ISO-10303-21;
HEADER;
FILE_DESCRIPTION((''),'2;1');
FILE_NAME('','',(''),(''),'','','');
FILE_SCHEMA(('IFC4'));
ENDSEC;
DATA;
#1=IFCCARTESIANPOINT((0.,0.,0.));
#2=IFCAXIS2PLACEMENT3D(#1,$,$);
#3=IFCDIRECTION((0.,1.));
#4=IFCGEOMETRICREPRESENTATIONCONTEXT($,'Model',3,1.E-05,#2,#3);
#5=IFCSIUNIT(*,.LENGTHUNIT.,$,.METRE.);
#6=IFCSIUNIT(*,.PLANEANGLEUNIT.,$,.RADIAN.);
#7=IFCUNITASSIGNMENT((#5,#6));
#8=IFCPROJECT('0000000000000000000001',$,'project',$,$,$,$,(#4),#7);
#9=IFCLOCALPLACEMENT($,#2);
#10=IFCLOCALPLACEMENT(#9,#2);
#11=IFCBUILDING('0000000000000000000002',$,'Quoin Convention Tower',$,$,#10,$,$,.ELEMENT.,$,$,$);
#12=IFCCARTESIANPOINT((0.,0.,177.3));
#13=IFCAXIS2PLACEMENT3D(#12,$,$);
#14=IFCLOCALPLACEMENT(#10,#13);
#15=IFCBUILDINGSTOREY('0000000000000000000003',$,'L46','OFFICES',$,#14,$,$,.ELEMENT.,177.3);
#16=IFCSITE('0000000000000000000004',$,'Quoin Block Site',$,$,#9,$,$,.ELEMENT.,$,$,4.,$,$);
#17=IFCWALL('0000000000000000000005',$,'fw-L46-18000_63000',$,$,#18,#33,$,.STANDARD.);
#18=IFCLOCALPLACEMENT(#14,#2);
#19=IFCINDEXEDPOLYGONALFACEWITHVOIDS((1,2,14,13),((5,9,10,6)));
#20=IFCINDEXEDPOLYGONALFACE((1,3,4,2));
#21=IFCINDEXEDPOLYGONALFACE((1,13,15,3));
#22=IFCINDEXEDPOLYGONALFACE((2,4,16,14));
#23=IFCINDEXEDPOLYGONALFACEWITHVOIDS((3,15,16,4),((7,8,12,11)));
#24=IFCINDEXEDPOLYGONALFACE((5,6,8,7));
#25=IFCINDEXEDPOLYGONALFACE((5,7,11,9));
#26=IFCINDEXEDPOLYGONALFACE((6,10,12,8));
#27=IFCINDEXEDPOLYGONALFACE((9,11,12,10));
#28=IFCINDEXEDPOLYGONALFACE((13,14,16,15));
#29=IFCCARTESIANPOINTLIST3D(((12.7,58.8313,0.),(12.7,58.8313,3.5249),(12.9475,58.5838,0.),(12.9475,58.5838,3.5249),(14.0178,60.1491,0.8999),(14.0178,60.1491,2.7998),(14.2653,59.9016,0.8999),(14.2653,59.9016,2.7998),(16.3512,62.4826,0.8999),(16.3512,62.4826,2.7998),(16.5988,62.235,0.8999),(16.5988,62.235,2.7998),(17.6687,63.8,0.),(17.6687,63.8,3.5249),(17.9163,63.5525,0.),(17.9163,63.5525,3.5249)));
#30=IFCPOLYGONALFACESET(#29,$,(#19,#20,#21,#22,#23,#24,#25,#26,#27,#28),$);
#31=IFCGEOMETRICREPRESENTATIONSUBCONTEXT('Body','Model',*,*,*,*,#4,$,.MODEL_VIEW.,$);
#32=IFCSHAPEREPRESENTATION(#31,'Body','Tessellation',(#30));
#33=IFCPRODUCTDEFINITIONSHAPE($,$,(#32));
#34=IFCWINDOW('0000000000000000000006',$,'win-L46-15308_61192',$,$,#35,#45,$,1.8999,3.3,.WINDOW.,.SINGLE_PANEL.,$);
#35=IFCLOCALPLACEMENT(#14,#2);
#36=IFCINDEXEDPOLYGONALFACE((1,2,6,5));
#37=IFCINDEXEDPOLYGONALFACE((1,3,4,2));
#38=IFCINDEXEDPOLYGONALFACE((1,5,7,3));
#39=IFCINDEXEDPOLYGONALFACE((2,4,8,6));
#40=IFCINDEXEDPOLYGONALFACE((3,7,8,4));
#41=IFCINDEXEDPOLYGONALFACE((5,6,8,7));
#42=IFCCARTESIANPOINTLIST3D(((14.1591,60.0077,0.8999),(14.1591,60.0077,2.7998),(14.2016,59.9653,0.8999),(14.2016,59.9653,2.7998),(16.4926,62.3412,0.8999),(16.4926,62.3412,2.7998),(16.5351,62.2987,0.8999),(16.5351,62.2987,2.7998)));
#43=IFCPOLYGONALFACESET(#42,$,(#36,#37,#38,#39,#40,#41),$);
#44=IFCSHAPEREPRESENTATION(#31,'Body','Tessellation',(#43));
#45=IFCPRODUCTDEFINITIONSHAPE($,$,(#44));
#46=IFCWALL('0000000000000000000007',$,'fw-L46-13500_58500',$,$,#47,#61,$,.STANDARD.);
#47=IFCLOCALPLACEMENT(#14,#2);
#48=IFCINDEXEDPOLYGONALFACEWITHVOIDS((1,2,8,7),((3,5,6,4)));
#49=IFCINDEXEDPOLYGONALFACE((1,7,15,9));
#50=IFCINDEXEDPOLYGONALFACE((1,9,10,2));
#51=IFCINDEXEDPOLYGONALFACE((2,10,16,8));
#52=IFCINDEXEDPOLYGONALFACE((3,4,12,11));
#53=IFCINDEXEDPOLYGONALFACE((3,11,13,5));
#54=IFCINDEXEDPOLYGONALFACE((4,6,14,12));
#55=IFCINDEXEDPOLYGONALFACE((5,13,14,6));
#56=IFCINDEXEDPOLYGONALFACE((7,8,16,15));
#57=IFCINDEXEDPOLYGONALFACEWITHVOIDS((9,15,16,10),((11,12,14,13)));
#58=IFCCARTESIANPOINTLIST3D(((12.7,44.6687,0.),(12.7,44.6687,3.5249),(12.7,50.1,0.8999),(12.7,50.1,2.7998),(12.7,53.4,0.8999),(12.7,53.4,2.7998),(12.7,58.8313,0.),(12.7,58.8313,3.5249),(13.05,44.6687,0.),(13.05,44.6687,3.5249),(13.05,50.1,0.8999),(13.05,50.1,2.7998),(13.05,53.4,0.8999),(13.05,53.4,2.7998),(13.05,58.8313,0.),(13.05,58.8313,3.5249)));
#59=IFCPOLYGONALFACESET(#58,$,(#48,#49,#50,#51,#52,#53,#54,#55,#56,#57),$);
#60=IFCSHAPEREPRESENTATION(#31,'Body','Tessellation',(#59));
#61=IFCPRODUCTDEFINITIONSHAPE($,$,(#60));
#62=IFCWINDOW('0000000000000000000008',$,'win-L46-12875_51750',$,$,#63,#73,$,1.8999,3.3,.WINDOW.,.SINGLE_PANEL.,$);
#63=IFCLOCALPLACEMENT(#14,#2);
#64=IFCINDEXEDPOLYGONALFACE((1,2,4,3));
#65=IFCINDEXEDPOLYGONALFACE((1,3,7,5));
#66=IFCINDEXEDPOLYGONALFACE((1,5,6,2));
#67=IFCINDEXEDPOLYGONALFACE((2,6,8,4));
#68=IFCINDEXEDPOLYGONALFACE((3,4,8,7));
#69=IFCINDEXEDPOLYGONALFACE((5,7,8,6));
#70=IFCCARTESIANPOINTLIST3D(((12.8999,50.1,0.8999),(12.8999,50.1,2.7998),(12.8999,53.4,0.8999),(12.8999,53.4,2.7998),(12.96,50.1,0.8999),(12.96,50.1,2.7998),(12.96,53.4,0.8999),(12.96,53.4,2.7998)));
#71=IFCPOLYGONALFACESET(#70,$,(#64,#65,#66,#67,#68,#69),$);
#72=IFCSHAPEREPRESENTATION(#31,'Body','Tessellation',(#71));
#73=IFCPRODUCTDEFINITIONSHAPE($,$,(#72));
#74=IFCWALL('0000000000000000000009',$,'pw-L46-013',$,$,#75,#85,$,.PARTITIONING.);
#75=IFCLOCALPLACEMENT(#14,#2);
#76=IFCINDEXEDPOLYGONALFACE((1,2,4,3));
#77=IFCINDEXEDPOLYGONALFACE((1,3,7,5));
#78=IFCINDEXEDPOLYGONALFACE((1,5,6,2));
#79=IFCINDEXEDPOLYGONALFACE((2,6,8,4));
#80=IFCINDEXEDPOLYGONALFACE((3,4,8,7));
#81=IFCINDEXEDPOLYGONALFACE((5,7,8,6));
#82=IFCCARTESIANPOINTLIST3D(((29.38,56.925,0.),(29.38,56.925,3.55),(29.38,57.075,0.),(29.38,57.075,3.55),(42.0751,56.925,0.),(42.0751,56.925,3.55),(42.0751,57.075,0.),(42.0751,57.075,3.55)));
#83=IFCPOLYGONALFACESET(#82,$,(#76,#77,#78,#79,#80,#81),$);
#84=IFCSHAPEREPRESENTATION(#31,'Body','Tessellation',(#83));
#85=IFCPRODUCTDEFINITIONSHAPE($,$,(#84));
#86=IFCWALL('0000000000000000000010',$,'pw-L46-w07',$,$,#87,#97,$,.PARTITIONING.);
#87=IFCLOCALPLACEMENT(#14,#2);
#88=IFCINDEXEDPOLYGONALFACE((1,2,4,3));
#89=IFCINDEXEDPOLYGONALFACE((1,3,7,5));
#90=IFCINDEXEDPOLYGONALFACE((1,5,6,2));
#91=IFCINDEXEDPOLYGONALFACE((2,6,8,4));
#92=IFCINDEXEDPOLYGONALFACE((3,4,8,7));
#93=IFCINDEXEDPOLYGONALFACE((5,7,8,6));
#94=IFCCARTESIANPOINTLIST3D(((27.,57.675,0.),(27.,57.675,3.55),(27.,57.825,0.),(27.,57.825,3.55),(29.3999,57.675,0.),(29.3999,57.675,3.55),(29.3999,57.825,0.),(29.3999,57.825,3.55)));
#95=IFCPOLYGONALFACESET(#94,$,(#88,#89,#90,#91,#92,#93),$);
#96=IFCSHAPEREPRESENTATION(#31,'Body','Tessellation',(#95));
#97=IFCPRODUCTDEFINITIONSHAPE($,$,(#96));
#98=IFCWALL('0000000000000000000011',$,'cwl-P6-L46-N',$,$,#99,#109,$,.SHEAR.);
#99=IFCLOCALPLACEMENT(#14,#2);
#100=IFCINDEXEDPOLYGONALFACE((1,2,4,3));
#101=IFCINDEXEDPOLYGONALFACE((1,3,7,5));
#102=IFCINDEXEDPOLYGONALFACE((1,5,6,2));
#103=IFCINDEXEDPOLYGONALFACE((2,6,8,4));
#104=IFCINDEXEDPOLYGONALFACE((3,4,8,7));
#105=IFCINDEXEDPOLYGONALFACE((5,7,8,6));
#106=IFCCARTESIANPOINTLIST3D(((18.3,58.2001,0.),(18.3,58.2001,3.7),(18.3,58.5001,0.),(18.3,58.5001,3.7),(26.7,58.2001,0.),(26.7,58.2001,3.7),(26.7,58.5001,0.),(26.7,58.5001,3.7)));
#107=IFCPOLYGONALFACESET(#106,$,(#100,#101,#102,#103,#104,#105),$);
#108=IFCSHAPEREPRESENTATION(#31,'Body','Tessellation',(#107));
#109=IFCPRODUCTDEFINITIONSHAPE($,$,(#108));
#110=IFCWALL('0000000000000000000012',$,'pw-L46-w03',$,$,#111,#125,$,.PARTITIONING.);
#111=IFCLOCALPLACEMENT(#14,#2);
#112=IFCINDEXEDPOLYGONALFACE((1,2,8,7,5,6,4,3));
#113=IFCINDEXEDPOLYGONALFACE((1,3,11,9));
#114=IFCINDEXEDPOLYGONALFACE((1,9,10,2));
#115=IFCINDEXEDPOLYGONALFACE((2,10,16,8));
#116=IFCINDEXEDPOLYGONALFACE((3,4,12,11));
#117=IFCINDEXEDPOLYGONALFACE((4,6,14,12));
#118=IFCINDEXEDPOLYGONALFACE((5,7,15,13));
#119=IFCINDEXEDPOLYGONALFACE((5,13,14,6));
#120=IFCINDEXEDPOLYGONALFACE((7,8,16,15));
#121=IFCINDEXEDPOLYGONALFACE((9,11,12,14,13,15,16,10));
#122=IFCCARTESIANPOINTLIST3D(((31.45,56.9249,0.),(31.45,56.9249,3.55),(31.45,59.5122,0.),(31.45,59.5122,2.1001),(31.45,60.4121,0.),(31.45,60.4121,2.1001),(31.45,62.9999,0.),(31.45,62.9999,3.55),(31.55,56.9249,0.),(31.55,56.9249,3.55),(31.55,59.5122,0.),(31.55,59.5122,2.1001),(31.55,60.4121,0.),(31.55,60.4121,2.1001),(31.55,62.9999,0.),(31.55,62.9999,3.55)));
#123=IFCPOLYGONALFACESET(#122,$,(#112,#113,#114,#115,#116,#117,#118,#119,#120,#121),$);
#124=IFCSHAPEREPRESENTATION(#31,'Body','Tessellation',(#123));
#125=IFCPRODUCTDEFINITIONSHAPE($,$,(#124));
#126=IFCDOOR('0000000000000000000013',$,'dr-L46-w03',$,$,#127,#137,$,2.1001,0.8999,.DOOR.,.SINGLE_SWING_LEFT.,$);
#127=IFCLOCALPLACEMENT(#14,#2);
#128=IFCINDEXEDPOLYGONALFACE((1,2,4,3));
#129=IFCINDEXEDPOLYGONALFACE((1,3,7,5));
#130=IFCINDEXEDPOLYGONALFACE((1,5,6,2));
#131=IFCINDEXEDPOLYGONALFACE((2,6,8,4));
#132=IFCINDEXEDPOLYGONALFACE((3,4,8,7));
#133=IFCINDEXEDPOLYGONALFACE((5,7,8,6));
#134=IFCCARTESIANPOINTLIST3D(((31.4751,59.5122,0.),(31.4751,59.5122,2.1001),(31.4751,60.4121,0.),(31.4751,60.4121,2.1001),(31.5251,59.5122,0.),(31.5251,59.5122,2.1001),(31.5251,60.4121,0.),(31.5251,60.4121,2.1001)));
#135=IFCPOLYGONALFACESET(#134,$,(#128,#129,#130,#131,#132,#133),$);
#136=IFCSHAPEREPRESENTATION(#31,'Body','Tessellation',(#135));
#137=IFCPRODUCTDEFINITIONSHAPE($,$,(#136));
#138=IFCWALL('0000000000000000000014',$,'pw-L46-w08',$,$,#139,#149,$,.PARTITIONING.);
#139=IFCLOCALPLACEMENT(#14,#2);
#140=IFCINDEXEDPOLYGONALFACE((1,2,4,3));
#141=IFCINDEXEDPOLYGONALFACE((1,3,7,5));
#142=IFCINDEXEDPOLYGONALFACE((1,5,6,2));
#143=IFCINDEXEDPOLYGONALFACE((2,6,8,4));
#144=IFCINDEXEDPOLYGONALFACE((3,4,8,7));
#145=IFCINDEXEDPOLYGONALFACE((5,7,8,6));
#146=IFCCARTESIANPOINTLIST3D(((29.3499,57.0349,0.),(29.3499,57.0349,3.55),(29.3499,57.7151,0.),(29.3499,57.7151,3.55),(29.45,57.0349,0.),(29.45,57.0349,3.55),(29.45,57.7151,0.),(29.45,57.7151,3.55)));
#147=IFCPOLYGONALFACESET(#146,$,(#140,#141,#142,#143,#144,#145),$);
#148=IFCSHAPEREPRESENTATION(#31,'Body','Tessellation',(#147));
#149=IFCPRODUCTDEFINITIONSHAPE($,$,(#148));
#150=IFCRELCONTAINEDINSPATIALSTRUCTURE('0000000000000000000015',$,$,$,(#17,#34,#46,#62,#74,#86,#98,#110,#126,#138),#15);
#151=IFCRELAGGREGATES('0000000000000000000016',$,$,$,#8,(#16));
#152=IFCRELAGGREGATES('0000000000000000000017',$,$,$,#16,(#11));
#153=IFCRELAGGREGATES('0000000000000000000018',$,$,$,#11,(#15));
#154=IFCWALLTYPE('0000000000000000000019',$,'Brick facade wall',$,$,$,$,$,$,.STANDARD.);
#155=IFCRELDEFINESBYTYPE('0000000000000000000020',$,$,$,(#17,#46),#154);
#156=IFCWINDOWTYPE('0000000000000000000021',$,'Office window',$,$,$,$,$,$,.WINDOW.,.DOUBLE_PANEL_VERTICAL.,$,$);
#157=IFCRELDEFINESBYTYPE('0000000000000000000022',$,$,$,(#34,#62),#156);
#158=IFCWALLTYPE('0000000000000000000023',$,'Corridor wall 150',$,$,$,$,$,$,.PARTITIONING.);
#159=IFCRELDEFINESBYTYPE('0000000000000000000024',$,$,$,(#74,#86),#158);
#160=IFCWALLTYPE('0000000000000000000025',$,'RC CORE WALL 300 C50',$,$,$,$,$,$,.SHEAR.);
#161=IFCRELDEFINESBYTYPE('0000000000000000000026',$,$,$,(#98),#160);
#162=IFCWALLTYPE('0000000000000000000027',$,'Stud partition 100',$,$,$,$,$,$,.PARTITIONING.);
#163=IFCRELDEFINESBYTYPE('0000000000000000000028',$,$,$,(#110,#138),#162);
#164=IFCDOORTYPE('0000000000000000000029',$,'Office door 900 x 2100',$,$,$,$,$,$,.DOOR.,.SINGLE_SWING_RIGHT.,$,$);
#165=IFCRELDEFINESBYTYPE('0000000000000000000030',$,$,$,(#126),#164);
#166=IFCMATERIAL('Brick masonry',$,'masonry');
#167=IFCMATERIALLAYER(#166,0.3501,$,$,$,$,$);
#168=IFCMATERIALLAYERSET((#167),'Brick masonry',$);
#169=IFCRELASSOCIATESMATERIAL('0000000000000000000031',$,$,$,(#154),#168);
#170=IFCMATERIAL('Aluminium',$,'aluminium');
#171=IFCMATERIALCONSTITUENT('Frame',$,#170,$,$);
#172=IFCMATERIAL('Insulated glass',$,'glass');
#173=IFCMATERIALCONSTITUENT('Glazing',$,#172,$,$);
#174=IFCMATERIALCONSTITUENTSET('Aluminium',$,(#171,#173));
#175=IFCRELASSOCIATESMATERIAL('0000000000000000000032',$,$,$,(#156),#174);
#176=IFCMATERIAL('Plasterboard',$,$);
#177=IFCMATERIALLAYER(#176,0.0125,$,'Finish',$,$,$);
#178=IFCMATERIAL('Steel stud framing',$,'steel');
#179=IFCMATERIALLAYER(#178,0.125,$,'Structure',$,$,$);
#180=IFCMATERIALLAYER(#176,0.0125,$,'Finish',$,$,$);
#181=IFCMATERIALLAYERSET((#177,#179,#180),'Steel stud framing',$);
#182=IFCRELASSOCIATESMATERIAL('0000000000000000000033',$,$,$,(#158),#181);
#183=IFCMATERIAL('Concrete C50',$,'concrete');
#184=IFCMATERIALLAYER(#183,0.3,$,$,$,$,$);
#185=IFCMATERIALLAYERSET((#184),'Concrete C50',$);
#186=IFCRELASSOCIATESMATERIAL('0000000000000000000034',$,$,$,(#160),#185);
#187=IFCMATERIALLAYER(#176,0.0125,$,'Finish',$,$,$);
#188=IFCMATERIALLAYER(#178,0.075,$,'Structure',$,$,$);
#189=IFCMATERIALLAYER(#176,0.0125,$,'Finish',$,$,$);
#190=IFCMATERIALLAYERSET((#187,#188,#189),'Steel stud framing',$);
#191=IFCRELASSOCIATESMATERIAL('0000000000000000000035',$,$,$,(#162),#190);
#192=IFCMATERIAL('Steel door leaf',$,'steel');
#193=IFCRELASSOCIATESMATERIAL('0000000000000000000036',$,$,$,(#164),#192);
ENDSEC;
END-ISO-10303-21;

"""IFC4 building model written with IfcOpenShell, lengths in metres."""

from ifc_helpers import new_model, si_unit, direction, frame, frame_2d, origin, place, context, subcontext, project, spatial, rectangle, extrude, material, layer, layer_set, constituent, constituent_set, type_object, element, fill, save


model = new_model("IFC4")

# Units and contexts
model_context = context("Model", 3, precision=1e-05, world=origin(), true_north=direction((0.0, 1.0)))
body_context = subcontext(model_context, "Body", "Model", "MODEL_VIEW")
ifc_project = project(units=[si_unit("LENGTHUNIT", "METRE"), si_unit("PLANEANGLEUNIT", "RADIAN")], contexts=[model_context])

# Site, building, storey
site_placement = place(None, origin())
site = spatial("IfcSite", under=ifc_project, at=site_placement, Name="Quoin Block Site", CompositionType="ELEMENT", RefElevation=4.0)
building_placement = place(site_placement, origin())
building = spatial("IfcBuilding", under=site, at=building_placement, Name="Quoin Convention Tower", CompositionType="ELEMENT")
storey_placement = place(building_placement, frame((0.0, 0.0, 177.3)))
storey = spatial("IfcBuildingStorey", under=building, at=storey_placement, Name="L46", Description="OFFICES", CompositionType="ELEMENT", Elevation=177.3)

# Shared definitions
ifc_material_1 = material(Name="Concrete C50", Category="concrete")

# Walls, openings, windows
ifc_material_2 = material(Name="Brick masonry", Category="masonry")
ifc_layer_1 = layer(ifc_material_2, 0.3501)
ifc_layer_set_1 = layer_set([ifc_layer_1], Name="Brick masonry")
wall_type_1 = type_object("IfcWallType", Name="Brick facade wall", PredefinedType="STANDARD", material=ifc_layer_set_1)
ifc_material_3 = material(Name="Aluminium", Category="aluminium")
ifc_constituent_1 = constituent(ifc_material_3, Name="Frame")
ifc_material_4 = material(Name="Insulated glass", Category="glass")
ifc_constituent_2 = constituent(ifc_material_4, Name="Glazing")
ifc_constituent_set = constituent_set(constituents=[ifc_constituent_1, ifc_constituent_2], Name="Aluminium")
window_type = type_object("IfcWindowType", Name="Office window", PartitioningType="DOUBLE_PANEL_VERTICAL", PredefinedType="WINDOW", material=ifc_constituent_set)
wall_1_placement = place(storey_placement, frame((17.7925, 63.6763, 0.0), z_axis=(0.0, 0.0, 1.0), x_axis=(-0.707107, -0.707107, 0.0)))
wall_1 = element("IfcWall", 1, at=wall_1_placement, inside=storey, type_object=wall_type_1, Name="fw-L46-18000_63000", PredefinedType="STANDARD", context=body_context, shape_type="SweptSolid", body=[
    extrude(rectangle(XDim=7.0269, YDim=0.3501, at=frame_2d((3.5134, 0.0))), origin(), (0.0, 0.0, 1.0), 3.5249),
])
opening_1_placement = place(wall_1_placement, frame((1.8633, 0.0, 0.8999)))
opening_1 = element("IfcOpeningElement", 2, at=opening_1_placement, cuts=wall_1, PredefinedType="OPENING", context=body_context, shape_type="SweptSolid", body=[
    extrude(rectangle(XDim=3.3, YDim=1.8999, at=frame_2d((1.6499, 0.95))), frame((0.0, 0.1851, 0.0), z_axis=(0.0, -1.0, 0.0), x_axis=(1.0, 0.0, 0.0)), (0.0, 0.0, 1.0), 0.3701),
])
window_1_placement = place(opening_1_placement, origin())
window_1 = element("IfcWindow", 3, at=window_1_placement, inside=storey, type_object=window_type, Name="win-L46-15308_61192", OverallHeight=1.8999, OverallWidth=3.3, PartitioningType="SINGLE_PANEL", PredefinedType="WINDOW", context=body_context, shape_type="SweptSolid", body=[
    extrude(rectangle(XDim=3.3, YDim=1.8999, at=frame_2d((1.6499, 0.95))), frame((0.0, 0.085, 0.0), z_axis=(0.0, -1.0, 0.0), x_axis=(1.0, 0.0, 0.0)), (0.0, 0.0, 1.0), 0.0601),
])
fill(opening_1, window_1)
wall_2_placement = place(storey_placement, frame((12.875, 58.8313, 0.0), z_axis=(0.0, 0.0, 1.0), x_axis=(0.0, -1.0, 0.0)))
wall_2 = element("IfcWall", 4, at=wall_2_placement, inside=storey, type_object=wall_type_1, Name="fw-L46-13500_58500", PredefinedType="STANDARD", context=body_context, shape_type="SweptSolid", body=[
    extrude(rectangle(XDim=14.1626, YDim=0.3501, at=frame_2d((7.0813, 0.0))), origin(), (0.0, 0.0, 1.0), 3.5249),
])
opening_2_placement = place(wall_2_placement, frame((5.4314, 0.0, 0.8999)))
opening_2 = element("IfcOpeningElement", 5, at=opening_2_placement, cuts=wall_2, PredefinedType="OPENING", context=body_context, shape_type="SweptSolid", body=[
    extrude(rectangle(XDim=3.3, YDim=1.8999, at=frame_2d((1.6499, 0.95))), frame((0.0, 0.1851, 0.0), z_axis=(0.0, -1.0, 0.0), x_axis=(1.0, 0.0, 0.0)), (0.0, 0.0, 1.0), 0.3701),
])
window_2_placement = place(opening_2_placement, origin())
window_2 = element("IfcWindow", 6, at=window_2_placement, inside=storey, type_object=window_type, Name="win-L46-12875_51750", OverallHeight=1.8999, OverallWidth=3.3, PartitioningType="SINGLE_PANEL", PredefinedType="WINDOW", context=body_context, shape_type="SweptSolid", body=[
    extrude(rectangle(XDim=3.3, YDim=1.8999, at=frame_2d((1.6499, 0.95))), frame((0.0, 0.085, 0.0), z_axis=(0.0, -1.0, 0.0), x_axis=(1.0, 0.0, 0.0)), (0.0, 0.0, 1.0), 0.0601),
])
fill(opening_2, window_2)

# Walls
ifc_material_5 = material(Name="Plasterboard")
ifc_layer_2 = layer(ifc_material_5, 0.0125, Name="Finish")
ifc_material_6 = material(Name="Steel stud framing", Category="steel")
ifc_layer_3 = layer(ifc_material_6, 0.125, Name="Structure")
ifc_layer_4 = layer(ifc_material_5, 0.0125, Name="Finish")
ifc_layer_set_2 = layer_set([ifc_layer_2, ifc_layer_3, ifc_layer_4], Name="Steel stud framing")
wall_type_2 = type_object("IfcWallType", Name="Corridor wall 150", PredefinedType="PARTITIONING", material=ifc_layer_set_2)
wall_3_placement = place(storey_placement, frame((29.3799, 57.0, 0.0), z_axis=(0.0, 0.0, 1.0), x_axis=(1.0, 0.0, 0.0)))
element("IfcWall", 7, at=wall_3_placement, inside=storey, type_object=wall_type_2, Name="pw-L46-013", PredefinedType="PARTITIONING", context=body_context, shape_type="SweptSolid", body=[
    extrude(rectangle(XDim=12.6951, YDim=0.1499, at=frame_2d((6.3477, 0.0))), origin(), (0.0, 0.0, 1.0), 3.55),
])
wall_4_placement = place(storey_placement, frame((27.0, 57.75, 0.0), z_axis=(0.0, 0.0, 1.0), x_axis=(1.0, 0.0, 0.0)))
element("IfcWall", 8, at=wall_4_placement, inside=storey, type_object=wall_type_2, Name="pw-L46-w07", PredefinedType="PARTITIONING", context=body_context, shape_type="SweptSolid", body=[
    extrude(rectangle(XDim=2.3999, YDim=0.1499, at=frame_2d((1.2, 0.0))), origin(), (0.0, 0.0, 1.0), 3.55),
])
ifc_layer_5 = layer(ifc_material_1, 0.3)
ifc_layer_set_3 = layer_set([ifc_layer_5], Name="Concrete C50")
wall_type_3 = type_object("IfcWallType", Name="RC CORE WALL 300 C50", PredefinedType="SHEAR", material=ifc_layer_set_3)
wall_5_placement = place(storey_placement, frame((18.3, 58.3501, 0.0), z_axis=(0.0, 0.0, 1.0), x_axis=(1.0, 0.0, 0.0)))
element("IfcWall", 9, at=wall_5_placement, inside=storey, type_object=wall_type_3, Name="cwl-P6-L46-N", PredefinedType="SHEAR", context=body_context, shape_type="SweptSolid", body=[
    extrude(rectangle(XDim=8.3999, YDim=0.3, at=frame_2d((4.2, 0.0))), origin(), (0.0, 0.0, 1.0), 3.7),
])

# Wall, opening, door
ifc_layer_6 = layer(ifc_material_5, 0.0125, Name="Finish")
ifc_layer_7 = layer(ifc_material_6, 0.075, Name="Structure")
ifc_layer_8 = layer(ifc_material_5, 0.0125, Name="Finish")
ifc_layer_set_4 = layer_set([ifc_layer_6, ifc_layer_7, ifc_layer_8], Name="Steel stud framing")
wall_type_4 = type_object("IfcWallType", Name="Stud partition 100", PredefinedType="PARTITIONING", material=ifc_layer_set_4)
wall_6_placement = place(storey_placement, frame((31.5, 63.0, 0.0), z_axis=(0.0, 0.0, 1.0), x_axis=(0.0, -1.0, 0.0)))
wall_6 = element("IfcWall", 10, at=wall_6_placement, inside=storey, type_object=wall_type_4, Name="pw-L46-w03", PredefinedType="PARTITIONING", context=body_context, shape_type="SweptSolid", body=[
    extrude(rectangle(XDim=6.075, YDim=0.1001, at=frame_2d((3.0376, 0.0))), origin(), (0.0, 0.0, 1.0), 3.55),
])
opening_3_placement = place(wall_6_placement, frame((2.5879, 0.0, 0.0)))
opening_3 = element("IfcOpeningElement", 11, at=opening_3_placement, cuts=wall_6, PredefinedType="OPENING", context=body_context, shape_type="SweptSolid", body=[
    extrude(rectangle(XDim=0.8999, YDim=2.1001, at=frame_2d((0.45, 1.05))), frame((0.0, 0.0601, 0.0), z_axis=(0.0, -1.0, 0.0), x_axis=(1.0, 0.0, 0.0)), (0.0, 0.0, 1.0), 0.1201),
])
ifc_material_7 = material(Name="Steel door leaf", Category="steel")
door_type = type_object("IfcDoorType", Name="Office door 900 x 2100", OperationType="SINGLE_SWING_RIGHT", PredefinedType="DOOR", material=ifc_material_7)
door_placement = place(opening_3_placement, frame((0.8999, 0.0, 0.0), z_axis=(0.0, 0.0, 1.0), x_axis=(-1.0, 0.0, 0.0)))
door = element("IfcDoor", 12, at=door_placement, inside=storey, type_object=door_type, Name="dr-L46-w03", OperationType="SINGLE_SWING_LEFT", OverallHeight=2.1001, OverallWidth=0.8999, PredefinedType="DOOR", context=body_context, shape_type="SweptSolid", body=[
    extrude(rectangle(XDim=0.8999, YDim=2.1001, at=frame_2d((0.45, 1.05))), frame((0.0, 0.0249, 0.0), z_axis=(0.0, -1.0, 0.0), x_axis=(1.0, 0.0, 0.0)), (0.0, 0.0, 1.0), 0.05),
])
fill(opening_3, door)

# Wall
wall_7_placement = place(storey_placement, frame((29.3999, 57.7151, 0.0), z_axis=(0.0, 0.0, 1.0), x_axis=(0.0, -1.0, 0.0)))
element("IfcWall", 13, at=wall_7_placement, inside=storey, type_object=wall_type_4, Name="pw-L46-w08", PredefinedType="PARTITIONING", context=body_context, shape_type="SweptSolid", body=[
    extrude(rectangle(XDim=0.6802, YDim=0.1001, at=frame_2d((0.3401, 0.0))), origin(), (0.0, 0.0, 1.0), 3.55),
])

save(model, "model.ifc")
